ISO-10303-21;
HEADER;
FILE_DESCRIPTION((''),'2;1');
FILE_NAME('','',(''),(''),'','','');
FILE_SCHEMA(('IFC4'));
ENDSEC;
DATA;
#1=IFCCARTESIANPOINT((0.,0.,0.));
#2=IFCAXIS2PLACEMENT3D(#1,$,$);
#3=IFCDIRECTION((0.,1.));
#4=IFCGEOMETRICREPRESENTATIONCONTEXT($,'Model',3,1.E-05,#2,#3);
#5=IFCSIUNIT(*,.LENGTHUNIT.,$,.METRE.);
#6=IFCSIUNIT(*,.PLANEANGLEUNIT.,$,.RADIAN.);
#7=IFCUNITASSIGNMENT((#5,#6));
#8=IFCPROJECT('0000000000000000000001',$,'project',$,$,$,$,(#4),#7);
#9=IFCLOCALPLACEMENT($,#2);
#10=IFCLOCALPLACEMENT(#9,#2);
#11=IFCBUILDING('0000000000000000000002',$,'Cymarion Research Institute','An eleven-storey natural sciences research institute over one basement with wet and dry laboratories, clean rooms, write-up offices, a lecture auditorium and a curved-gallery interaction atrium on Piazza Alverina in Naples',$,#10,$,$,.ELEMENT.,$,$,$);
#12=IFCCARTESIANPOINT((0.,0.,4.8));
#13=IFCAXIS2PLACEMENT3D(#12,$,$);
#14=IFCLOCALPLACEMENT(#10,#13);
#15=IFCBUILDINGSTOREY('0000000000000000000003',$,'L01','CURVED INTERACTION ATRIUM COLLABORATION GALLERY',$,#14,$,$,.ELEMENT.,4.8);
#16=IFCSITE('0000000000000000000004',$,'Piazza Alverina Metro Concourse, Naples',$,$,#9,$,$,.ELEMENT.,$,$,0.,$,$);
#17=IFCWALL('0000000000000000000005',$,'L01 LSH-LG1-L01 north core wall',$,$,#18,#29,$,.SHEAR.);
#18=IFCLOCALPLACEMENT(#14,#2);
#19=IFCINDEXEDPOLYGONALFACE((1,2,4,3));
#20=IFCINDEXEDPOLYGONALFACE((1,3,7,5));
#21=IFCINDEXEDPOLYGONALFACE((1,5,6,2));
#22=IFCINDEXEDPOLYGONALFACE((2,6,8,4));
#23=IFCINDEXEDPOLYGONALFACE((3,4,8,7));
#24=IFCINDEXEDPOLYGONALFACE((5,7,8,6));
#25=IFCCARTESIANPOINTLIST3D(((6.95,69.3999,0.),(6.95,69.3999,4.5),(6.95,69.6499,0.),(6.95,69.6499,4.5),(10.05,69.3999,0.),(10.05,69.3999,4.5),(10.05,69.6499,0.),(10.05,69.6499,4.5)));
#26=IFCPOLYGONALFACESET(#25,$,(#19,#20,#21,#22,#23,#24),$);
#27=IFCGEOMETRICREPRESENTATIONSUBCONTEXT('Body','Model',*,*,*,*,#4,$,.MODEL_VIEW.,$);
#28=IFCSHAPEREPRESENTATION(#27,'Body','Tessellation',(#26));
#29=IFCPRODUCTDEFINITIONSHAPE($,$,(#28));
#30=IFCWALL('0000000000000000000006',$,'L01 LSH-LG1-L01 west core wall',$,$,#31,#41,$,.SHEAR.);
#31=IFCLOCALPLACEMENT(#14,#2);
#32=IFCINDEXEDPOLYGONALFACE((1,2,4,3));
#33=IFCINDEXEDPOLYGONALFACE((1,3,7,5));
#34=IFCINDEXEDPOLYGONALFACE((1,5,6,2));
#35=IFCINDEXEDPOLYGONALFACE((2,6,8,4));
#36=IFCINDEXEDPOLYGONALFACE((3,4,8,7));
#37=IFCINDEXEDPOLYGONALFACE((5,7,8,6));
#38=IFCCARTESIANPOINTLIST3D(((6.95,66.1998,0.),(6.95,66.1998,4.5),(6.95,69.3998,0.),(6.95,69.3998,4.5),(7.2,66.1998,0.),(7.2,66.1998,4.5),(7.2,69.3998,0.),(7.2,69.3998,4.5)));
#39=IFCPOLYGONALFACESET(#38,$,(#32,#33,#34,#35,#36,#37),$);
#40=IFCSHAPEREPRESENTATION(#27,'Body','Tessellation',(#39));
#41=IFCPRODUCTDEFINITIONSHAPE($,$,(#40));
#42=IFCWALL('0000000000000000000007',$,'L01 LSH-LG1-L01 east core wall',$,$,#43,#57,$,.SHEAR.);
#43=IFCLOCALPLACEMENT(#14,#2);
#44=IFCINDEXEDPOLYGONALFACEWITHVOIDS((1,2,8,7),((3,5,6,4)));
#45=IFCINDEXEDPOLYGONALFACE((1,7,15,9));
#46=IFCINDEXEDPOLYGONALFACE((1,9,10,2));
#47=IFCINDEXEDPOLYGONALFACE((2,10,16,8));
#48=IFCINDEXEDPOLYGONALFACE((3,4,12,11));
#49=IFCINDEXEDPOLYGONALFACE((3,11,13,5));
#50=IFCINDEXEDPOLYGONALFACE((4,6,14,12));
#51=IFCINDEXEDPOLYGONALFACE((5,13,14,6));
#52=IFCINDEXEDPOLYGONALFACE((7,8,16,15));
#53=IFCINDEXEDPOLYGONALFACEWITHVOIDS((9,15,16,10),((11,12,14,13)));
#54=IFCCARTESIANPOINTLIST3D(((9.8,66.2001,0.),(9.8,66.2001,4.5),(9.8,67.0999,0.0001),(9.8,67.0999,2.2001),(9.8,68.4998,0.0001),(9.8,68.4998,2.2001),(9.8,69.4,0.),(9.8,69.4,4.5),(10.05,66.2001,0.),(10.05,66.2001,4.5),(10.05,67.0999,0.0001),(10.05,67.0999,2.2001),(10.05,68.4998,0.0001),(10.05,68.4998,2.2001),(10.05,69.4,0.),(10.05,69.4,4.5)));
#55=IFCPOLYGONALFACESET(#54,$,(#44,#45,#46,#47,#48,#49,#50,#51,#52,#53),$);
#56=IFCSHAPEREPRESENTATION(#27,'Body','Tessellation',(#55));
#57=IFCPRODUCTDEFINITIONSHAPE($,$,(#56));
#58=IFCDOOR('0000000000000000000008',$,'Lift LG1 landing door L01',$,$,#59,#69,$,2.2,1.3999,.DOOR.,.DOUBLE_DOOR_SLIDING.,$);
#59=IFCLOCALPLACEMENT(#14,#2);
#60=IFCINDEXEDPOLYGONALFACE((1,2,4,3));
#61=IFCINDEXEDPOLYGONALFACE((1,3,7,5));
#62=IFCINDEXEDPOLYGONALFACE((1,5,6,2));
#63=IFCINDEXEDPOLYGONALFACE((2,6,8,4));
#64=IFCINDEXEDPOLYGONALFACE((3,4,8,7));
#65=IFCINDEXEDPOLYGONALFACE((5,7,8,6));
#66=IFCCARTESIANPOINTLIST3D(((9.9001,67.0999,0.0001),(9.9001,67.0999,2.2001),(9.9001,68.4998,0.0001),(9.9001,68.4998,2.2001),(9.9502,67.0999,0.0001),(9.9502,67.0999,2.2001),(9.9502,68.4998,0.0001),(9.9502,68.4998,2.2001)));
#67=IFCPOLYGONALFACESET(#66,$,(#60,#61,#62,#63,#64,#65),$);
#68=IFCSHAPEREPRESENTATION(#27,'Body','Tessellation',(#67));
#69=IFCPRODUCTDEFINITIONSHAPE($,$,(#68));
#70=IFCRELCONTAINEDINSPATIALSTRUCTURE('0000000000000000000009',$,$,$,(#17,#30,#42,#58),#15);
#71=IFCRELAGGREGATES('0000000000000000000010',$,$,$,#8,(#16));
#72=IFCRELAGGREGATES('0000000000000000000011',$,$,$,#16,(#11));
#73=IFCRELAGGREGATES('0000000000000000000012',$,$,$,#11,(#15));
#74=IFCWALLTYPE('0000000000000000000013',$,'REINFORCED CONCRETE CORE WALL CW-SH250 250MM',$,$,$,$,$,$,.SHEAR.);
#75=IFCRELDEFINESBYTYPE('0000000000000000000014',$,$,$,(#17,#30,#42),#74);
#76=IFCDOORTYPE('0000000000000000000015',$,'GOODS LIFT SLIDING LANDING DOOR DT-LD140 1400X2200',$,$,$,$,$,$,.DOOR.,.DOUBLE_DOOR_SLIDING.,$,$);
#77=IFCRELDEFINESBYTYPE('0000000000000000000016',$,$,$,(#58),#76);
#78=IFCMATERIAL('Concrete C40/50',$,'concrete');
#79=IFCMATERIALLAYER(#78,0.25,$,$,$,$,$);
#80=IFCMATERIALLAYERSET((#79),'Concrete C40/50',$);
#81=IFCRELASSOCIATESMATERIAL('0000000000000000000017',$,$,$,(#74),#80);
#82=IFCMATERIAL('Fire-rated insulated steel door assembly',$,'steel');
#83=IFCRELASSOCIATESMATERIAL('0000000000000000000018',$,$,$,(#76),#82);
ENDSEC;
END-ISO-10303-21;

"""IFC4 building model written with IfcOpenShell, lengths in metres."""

from ifc_helpers import new_model, si_unit, direction, frame, frame_2d, origin, place, context, subcontext, project, spatial, rectangle, extrude, material, layer, layer_set, type_object, element, fill, save


model = new_model("IFC4")

# Units and contexts
model_context = context("Model", 3, precision=1e-05, world=origin(), true_north=direction((0.0, 1.0)))
body_context = subcontext(model_context, "Body", "Model", "MODEL_VIEW")
ifc_project = project(units=[si_unit("LENGTHUNIT", "METRE"), si_unit("PLANEANGLEUNIT", "RADIAN")], contexts=[model_context])

# Site, building, storey
site_placement = place(None, origin())
site = spatial("IfcSite", under=ifc_project, at=site_placement, Name="Piazza Alverina Metro Concourse, Naples", CompositionType="ELEMENT", RefElevation=0.0)
building_placement = place(site_placement, origin())
building = spatial("IfcBuilding", under=site, at=building_placement, Name="Cymarion Research Institute", Description="An eleven-storey natural sciences research institute over one basement with wet and dry laboratories, clean rooms, write-up offices, a lecture auditorium and a curved-gallery interaction atrium on Piazza Alverina in Naples", CompositionType="ELEMENT")
storey_placement = place(building_placement, frame((0.0, 0.0, 4.8)))
storey = spatial("IfcBuildingStorey", under=building, at=storey_placement, Name="L01", Description="CURVED INTERACTION ATRIUM COLLABORATION GALLERY", CompositionType="ELEMENT", Elevation=4.8)

# Shared definitions
ifc_material_1 = material(Name="Concrete C40/50", Category="concrete")

# Walls
ifc_layer = layer(ifc_material_1, 0.25)
ifc_layer_set = layer_set([ifc_layer], Name="Concrete C40/50")
wall_type = type_object("IfcWallType", Name="REINFORCED CONCRETE CORE WALL CW-SH250 250MM", PredefinedType="SHEAR", material=ifc_layer_set)
for number, where, z_axis, x_axis, name in (
    (1, (10.05, 69.5249, 0.0), (0.0, 0.0, 1.0), (-1.0, 0.0, 0.0), "L01 LSH-LG1-L01 north core wall"),
):
    element("IfcWall", number, at=place(storey_placement, frame(where, z_axis=z_axis, x_axis=x_axis)), inside=storey, type_object=wall_type, Name=name, PredefinedType="SHEAR", context=body_context, shape_type="SweptSolid", body=[
        extrude(rectangle(XDim=3.1001, YDim=0.25, at=frame_2d((1.55, 0.0))), origin(), (0.0, 0.0, 1.0), 4.5),
    ])
wall_1_placement = place(storey_placement, frame((7.075, 69.3999, 0.0), z_axis=(0.0, 0.0, 1.0), x_axis=(0.0, -1.0, 0.0)))
element("IfcWall", 2, at=wall_1_placement, inside=storey, type_object=wall_type, Name="L01 LSH-LG1-L01 west core wall", PredefinedType="SHEAR", context=body_context, shape_type="SweptSolid", body=[
    extrude(rectangle(XDim=3.2, YDim=0.25, at=frame_2d((1.6001, 0.0))), origin(), (0.0, 0.0, 1.0), 4.5),
])

# Wall, opening, door
wall_2_placement = place(storey_placement, frame((9.925, 66.2, 0.0), z_axis=(0.0, 0.0, 1.0), x_axis=(0.0, 1.0, 0.0)))
wall_2 = element("IfcWall", 3, at=wall_2_placement, inside=storey, type_object=wall_type, Name="L01 LSH-LG1-L01 east core wall", PredefinedType="SHEAR", context=body_context, shape_type="SweptSolid", body=[
    extrude(rectangle(XDim=3.2, YDim=0.25, at=frame_2d((1.6001, 0.0))), origin(), (0.0, 0.0, 1.0), 4.5),
])
opening_placement = place(wall_2_placement, frame((0.8999, 0.0, 0.0)))
opening = element("IfcOpeningElement", 4, at=opening_placement, cuts=wall_2, PredefinedType="OPENING", context=body_context, shape_type="SweptSolid", body=[
    extrude(rectangle(XDim=1.3999, YDim=2.2, at=frame_2d((0.7, 1.1001))), frame((0.0, 0.135, 0.0), z_axis=(0.0, -1.0, 0.0), x_axis=(1.0, 0.0, 0.0)), (0.0, 0.0, 1.0), 0.27),
])
ifc_material_2 = material(Name="Fire-rated insulated steel door assembly", Category="steel")
door_type = type_object("IfcDoorType", Name="GOODS LIFT SLIDING LANDING DOOR DT-LD140 1400X2200", OperationType="DOUBLE_DOOR_SLIDING", PredefinedType="DOOR", material=ifc_material_2)
door_placement = place(opening_placement, origin())
door = element("IfcDoor", 5, at=door_placement, inside=storey, type_object=door_type, Name="Lift LG1 landing door L01", OperationType="DOUBLE_DOOR_SLIDING", OverallHeight=2.2, OverallWidth=1.3999, PredefinedType="DOOR", context=body_context, shape_type="SweptSolid", body=[
    extrude(rectangle(XDim=1.3999, YDim=2.2, at=frame_2d((0.7, 1.1001))), frame((0.0, 0.0249, 0.0), z_axis=(0.0, -1.0, 0.0), x_axis=(1.0, 0.0, 0.0)), (0.0, 0.0, 1.0), 0.05),
])
fill(opening, door)

save(model, "model.ifc")
